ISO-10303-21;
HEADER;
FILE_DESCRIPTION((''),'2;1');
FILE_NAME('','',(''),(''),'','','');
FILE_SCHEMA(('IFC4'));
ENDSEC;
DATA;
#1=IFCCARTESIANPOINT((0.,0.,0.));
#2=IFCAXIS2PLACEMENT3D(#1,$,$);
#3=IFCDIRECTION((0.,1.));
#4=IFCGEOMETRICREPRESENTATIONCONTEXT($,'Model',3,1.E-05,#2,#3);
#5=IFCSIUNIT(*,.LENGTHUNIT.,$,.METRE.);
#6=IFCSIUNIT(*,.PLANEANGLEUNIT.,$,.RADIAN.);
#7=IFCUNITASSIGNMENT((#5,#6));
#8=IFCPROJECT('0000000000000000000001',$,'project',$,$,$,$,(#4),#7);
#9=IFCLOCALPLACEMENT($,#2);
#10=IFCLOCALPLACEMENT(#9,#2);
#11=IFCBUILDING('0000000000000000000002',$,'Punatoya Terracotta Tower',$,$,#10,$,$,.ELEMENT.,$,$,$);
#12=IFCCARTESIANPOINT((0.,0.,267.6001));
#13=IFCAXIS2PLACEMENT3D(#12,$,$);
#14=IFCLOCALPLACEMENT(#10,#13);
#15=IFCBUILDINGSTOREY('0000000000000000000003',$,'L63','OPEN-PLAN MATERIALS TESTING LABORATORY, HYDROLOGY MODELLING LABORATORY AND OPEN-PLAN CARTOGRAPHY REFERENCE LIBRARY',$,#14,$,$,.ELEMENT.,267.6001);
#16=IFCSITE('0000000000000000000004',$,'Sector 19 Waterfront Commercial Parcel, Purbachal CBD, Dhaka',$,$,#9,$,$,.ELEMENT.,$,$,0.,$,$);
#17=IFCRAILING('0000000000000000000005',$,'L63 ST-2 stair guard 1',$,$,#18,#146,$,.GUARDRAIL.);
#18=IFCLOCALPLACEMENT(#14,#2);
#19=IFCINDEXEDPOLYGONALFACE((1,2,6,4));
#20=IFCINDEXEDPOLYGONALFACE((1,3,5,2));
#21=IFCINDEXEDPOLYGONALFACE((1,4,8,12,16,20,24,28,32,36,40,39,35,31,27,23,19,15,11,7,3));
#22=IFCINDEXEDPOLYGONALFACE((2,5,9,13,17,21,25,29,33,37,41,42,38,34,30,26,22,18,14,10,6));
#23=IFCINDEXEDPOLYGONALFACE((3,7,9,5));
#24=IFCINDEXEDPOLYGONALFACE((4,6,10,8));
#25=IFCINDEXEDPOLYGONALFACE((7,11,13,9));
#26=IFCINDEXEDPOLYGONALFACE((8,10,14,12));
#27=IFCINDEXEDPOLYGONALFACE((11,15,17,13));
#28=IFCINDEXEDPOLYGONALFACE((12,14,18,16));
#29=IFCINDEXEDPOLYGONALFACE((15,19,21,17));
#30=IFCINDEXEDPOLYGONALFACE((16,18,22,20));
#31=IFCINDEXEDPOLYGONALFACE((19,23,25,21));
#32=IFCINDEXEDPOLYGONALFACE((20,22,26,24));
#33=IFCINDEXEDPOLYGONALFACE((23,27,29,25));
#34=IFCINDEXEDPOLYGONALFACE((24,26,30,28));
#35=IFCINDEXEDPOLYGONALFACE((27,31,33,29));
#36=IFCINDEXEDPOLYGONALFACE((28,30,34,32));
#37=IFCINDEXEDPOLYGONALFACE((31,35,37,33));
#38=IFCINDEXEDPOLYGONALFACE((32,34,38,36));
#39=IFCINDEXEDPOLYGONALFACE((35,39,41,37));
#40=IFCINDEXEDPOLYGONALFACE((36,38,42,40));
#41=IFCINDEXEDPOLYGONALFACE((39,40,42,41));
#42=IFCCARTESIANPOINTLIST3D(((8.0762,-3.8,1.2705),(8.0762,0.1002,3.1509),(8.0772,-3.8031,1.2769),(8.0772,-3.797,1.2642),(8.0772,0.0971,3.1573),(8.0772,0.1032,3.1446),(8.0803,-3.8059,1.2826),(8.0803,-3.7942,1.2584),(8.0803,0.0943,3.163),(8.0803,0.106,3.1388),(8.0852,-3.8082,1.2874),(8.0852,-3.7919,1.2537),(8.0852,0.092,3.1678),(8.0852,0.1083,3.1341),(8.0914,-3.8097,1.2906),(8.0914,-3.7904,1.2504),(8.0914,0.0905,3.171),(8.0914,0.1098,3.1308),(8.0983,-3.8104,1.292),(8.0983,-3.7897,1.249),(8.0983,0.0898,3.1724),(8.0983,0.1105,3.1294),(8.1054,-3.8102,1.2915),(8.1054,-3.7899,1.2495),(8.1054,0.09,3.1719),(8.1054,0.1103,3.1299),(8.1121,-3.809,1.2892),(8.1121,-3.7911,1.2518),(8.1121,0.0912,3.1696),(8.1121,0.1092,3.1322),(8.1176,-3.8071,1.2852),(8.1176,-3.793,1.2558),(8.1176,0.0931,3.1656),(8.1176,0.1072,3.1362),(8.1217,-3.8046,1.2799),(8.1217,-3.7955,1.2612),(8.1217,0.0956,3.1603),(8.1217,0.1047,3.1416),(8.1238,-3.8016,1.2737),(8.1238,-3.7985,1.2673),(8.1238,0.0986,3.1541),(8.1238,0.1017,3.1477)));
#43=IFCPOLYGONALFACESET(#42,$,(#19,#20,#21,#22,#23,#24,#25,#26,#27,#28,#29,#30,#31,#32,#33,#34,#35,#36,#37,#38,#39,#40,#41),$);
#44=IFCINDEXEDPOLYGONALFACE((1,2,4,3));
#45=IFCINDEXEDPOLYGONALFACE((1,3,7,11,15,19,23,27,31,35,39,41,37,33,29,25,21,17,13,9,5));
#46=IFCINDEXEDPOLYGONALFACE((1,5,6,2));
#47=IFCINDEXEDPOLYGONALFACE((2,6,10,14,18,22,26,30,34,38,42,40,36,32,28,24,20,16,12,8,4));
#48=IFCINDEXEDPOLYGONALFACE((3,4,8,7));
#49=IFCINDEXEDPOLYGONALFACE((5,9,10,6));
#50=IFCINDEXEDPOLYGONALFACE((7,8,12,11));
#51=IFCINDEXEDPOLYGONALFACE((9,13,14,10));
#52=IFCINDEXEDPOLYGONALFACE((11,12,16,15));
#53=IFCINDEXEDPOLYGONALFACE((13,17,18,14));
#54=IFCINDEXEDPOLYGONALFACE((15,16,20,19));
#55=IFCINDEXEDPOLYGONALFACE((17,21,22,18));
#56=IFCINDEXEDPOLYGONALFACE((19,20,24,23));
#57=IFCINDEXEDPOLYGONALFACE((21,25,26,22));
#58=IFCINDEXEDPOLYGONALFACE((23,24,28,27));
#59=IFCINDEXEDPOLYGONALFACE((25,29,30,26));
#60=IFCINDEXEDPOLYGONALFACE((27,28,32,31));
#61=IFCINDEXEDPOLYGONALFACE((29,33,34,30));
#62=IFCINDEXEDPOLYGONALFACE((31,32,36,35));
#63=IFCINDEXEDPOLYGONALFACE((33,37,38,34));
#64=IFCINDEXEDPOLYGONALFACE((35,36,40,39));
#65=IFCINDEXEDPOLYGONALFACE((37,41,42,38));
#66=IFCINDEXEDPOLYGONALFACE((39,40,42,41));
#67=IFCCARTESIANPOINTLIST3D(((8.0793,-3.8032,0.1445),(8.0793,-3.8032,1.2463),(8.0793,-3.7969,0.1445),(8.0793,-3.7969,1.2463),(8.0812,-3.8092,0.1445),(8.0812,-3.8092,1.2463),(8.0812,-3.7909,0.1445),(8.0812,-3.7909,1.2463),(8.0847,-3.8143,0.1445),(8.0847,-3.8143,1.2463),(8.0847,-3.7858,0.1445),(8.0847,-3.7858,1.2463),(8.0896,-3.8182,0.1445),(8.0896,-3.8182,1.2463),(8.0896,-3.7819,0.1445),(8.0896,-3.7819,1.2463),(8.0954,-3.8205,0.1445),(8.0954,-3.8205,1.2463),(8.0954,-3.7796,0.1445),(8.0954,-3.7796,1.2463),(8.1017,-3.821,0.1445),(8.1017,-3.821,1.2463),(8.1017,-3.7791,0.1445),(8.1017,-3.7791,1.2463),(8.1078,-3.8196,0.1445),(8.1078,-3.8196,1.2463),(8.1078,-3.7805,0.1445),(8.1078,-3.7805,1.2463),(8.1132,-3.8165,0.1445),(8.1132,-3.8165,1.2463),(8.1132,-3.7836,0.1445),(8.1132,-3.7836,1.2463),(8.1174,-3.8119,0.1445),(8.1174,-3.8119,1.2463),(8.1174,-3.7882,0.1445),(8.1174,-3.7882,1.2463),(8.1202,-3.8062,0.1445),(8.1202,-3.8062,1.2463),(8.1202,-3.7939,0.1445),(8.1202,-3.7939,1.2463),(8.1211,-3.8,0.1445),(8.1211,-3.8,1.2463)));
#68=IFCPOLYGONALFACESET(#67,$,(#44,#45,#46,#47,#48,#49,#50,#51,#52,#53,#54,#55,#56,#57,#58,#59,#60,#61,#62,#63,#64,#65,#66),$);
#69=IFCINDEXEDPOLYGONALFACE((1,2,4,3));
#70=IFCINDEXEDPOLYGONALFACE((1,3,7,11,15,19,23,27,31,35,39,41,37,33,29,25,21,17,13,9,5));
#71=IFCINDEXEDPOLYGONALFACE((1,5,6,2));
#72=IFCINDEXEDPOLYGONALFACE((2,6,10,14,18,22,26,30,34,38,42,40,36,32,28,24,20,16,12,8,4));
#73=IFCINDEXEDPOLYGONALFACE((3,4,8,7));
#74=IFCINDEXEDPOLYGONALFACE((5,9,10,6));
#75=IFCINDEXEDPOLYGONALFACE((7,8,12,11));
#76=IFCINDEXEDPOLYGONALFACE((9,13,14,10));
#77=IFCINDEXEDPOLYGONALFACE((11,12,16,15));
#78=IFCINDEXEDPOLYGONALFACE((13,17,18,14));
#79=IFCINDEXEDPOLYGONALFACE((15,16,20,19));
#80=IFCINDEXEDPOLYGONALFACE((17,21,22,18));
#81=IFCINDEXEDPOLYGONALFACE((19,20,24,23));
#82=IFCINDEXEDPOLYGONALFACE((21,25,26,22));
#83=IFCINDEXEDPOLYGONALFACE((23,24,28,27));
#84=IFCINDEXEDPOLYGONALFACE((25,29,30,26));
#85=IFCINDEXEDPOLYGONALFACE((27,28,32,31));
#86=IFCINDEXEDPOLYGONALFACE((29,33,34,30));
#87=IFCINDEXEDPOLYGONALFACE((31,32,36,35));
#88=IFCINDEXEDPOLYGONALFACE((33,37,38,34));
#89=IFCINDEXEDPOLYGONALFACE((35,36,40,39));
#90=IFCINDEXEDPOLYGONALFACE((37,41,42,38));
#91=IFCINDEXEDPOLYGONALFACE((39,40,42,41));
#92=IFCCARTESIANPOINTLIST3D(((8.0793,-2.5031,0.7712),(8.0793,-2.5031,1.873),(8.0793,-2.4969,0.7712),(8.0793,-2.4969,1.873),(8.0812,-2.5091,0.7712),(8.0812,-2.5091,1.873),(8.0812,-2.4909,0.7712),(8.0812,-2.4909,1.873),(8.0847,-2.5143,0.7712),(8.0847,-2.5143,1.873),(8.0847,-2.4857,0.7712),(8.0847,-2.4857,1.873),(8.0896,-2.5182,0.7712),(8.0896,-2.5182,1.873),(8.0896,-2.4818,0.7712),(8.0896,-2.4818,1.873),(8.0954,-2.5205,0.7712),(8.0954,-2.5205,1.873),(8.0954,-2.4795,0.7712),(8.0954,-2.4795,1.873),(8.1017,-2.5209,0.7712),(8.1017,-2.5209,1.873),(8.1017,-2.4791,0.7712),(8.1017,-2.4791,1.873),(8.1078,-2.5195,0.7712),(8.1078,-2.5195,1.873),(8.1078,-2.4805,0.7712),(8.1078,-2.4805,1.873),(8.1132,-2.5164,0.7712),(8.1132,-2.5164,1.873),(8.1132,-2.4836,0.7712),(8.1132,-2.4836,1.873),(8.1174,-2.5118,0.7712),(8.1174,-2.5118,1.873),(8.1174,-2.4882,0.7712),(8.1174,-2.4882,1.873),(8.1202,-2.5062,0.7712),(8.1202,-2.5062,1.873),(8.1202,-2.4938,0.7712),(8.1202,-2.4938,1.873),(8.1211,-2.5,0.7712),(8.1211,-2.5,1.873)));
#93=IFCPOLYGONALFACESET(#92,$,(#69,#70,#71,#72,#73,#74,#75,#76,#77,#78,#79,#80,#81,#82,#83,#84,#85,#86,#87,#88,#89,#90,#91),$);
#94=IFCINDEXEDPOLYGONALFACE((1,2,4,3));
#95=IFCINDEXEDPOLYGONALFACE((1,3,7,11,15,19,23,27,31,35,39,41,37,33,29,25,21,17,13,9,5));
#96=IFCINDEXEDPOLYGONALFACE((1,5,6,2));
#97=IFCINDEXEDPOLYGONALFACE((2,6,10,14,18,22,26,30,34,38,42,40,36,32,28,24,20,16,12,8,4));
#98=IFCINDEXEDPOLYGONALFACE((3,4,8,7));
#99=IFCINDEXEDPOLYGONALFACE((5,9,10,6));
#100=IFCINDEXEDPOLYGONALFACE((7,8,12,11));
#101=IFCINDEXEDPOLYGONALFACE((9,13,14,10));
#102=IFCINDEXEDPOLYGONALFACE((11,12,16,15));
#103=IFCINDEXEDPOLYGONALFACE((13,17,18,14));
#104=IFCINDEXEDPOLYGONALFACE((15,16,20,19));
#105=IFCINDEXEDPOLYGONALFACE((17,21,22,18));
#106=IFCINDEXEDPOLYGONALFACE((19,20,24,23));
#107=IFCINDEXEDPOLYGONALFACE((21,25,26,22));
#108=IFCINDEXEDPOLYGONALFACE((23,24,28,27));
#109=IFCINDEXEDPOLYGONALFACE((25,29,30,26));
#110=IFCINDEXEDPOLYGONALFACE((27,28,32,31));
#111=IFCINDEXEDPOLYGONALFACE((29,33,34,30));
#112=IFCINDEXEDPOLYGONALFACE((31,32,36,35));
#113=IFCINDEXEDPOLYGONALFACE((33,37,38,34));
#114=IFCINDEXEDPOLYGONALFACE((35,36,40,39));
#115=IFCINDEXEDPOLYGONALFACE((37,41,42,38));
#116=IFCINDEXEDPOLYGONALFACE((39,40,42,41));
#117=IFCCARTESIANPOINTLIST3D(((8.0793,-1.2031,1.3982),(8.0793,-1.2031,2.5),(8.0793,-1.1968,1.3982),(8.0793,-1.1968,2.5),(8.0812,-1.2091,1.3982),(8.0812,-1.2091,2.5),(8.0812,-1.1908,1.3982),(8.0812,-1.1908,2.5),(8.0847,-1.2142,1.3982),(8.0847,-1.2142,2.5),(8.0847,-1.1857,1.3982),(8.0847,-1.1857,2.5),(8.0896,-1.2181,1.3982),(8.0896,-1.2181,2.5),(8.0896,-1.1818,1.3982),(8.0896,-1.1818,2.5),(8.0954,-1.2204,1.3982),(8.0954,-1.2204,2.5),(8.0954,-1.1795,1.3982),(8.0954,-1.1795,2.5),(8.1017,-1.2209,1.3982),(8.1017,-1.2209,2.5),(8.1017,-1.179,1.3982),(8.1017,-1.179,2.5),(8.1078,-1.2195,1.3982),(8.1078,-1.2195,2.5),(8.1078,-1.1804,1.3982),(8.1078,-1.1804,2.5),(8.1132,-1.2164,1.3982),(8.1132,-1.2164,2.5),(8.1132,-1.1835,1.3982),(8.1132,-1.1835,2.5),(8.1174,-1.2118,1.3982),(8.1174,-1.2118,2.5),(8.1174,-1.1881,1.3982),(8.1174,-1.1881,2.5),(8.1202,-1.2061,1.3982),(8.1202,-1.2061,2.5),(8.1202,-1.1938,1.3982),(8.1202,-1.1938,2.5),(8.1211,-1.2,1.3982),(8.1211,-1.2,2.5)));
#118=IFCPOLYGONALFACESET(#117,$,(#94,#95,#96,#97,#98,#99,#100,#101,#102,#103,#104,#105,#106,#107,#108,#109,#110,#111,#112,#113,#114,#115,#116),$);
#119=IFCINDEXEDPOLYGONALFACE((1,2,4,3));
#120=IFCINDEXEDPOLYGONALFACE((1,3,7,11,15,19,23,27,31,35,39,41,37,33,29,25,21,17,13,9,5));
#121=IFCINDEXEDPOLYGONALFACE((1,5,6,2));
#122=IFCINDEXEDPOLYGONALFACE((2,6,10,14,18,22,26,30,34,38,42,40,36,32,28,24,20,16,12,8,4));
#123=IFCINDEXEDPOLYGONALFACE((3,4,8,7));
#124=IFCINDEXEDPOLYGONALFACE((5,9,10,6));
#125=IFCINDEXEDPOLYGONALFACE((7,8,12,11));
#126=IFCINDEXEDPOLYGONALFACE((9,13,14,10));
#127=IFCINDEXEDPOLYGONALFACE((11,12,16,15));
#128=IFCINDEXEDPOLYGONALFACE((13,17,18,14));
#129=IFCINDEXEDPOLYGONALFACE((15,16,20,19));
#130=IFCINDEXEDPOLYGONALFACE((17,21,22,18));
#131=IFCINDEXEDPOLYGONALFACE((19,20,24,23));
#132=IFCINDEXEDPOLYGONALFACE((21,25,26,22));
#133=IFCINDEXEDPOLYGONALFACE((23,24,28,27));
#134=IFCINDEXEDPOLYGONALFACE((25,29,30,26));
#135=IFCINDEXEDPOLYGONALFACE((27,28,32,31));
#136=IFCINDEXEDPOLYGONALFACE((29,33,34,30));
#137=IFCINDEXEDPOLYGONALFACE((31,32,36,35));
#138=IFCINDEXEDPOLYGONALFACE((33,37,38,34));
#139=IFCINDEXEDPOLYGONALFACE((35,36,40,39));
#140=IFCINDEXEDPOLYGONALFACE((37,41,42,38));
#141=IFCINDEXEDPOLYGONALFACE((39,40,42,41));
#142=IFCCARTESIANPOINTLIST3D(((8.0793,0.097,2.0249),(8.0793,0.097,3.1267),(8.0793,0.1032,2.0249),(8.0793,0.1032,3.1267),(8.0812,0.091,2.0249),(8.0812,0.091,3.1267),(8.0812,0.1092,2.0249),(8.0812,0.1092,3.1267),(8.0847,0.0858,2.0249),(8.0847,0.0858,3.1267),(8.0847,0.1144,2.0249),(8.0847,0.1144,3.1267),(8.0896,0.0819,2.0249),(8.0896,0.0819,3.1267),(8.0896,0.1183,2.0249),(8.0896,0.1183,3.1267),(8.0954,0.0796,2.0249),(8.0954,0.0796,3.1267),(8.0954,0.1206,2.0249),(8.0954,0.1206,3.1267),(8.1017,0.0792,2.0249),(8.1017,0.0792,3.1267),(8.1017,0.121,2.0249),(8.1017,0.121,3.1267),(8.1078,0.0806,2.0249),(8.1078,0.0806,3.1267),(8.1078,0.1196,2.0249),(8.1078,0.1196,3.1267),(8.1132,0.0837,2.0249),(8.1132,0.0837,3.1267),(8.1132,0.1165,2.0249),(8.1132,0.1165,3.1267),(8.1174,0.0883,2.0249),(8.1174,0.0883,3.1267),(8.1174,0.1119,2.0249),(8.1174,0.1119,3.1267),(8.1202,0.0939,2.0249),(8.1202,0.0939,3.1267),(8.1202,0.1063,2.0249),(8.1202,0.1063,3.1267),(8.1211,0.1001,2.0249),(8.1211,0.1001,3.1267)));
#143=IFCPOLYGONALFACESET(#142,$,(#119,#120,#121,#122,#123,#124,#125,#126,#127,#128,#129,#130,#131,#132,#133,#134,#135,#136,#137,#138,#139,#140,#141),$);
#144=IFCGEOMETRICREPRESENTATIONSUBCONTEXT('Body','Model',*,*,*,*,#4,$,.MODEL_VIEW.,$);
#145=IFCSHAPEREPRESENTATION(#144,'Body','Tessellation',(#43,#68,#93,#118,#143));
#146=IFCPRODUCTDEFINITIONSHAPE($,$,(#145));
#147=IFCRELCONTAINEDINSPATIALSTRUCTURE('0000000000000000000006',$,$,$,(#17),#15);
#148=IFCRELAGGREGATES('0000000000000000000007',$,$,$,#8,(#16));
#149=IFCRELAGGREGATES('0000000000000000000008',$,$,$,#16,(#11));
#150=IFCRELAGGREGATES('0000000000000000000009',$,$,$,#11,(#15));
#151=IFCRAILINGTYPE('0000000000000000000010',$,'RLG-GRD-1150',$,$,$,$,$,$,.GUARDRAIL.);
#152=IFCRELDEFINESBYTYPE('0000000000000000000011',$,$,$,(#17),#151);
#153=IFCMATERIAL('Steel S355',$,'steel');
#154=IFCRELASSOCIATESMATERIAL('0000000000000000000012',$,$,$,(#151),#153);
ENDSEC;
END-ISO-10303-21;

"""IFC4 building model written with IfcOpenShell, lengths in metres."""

from ifc_helpers import new_model, si_unit, direction, frame, origin, origin_2d, place, context, subcontext, project, spatial, circle, extrude, material, type_object, element, save


model = new_model("IFC4")

# Units and contexts
model_context = context("Model", 3, precision=1e-05, world=origin(), true_north=direction((0.0, 1.0)))
body_context = subcontext(model_context, "Body", "Model", "MODEL_VIEW")
ifc_project = project(units=[si_unit("LENGTHUNIT", "METRE"), si_unit("PLANEANGLEUNIT", "RADIAN")], contexts=[model_context])

# Site, building, storey
site_placement = place(None, origin())
site = spatial("IfcSite", under=ifc_project, at=site_placement, Name="Sector 19 Waterfront Commercial Parcel, Purbachal CBD, Dhaka", CompositionType="ELEMENT", RefElevation=0.0)
building_placement = place(site_placement, origin())
building = spatial("IfcBuilding", under=site, at=building_placement, Name="Punatoya Terracotta Tower", CompositionType="ELEMENT")
storey_placement = place(building_placement, frame((0.0, 0.0, 267.6001)))
storey = spatial("IfcBuildingStorey", under=building, at=storey_placement, Name="L63", Description="OPEN-PLAN MATERIALS TESTING LABORATORY, HYDROLOGY MODELLING LABORATORY AND OPEN-PLAN CARTOGRAPHY REFERENCE LIBRARY", CompositionType="ELEMENT", Elevation=267.6001)

# Shared definitions
ifc_material_1 = material(Name="Steel S355", Category="steel")

# Railing
railing_type_1 = type_object("IfcRailingType", Name="RLG-GRD-1150", PredefinedType="GUARDRAIL", material=ifc_material_1)
railing_1_placement = place(storey_placement, frame((8.1001, -3.8, 0.1445)))
element("IfcRailing", 1, at=railing_1_placement, inside=storey, type_object=railing_type_1, Name="L63 ST-2 stair guard 1", PredefinedType="GUARDRAIL", context=body_context, shape_type="SweptSolid", body=[
    extrude(circle(Radius=0.0239, at=origin_2d()), frame((0.0, 0.0, 1.126), z_axis=(0.0, 0.900774, 0.434289), x_axis=(-1.0, 0.0, 0.0)), (0.0, 0.0, 1.0), 4.3298),
    extrude(circle(Radius=0.021, at=origin_2d()), origin(), (0.0, 0.0, 1.0), 1.1018),
    extrude(circle(Radius=0.021, at=origin_2d()), frame((0.0, 1.3, 0.6267)), (0.0, 0.0, 1.0), 1.1018),
    extrude(circle(Radius=0.021, at=origin_2d()), frame((0.0, 2.6001, 1.2537)), (0.0, 0.0, 1.0), 1.1018),
    extrude(circle(Radius=0.021, at=origin_2d()), frame((0.0, 3.9001, 1.8804)), (0.0, 0.0, 1.0), 1.1018),
])

save(model, "model.ifc")
